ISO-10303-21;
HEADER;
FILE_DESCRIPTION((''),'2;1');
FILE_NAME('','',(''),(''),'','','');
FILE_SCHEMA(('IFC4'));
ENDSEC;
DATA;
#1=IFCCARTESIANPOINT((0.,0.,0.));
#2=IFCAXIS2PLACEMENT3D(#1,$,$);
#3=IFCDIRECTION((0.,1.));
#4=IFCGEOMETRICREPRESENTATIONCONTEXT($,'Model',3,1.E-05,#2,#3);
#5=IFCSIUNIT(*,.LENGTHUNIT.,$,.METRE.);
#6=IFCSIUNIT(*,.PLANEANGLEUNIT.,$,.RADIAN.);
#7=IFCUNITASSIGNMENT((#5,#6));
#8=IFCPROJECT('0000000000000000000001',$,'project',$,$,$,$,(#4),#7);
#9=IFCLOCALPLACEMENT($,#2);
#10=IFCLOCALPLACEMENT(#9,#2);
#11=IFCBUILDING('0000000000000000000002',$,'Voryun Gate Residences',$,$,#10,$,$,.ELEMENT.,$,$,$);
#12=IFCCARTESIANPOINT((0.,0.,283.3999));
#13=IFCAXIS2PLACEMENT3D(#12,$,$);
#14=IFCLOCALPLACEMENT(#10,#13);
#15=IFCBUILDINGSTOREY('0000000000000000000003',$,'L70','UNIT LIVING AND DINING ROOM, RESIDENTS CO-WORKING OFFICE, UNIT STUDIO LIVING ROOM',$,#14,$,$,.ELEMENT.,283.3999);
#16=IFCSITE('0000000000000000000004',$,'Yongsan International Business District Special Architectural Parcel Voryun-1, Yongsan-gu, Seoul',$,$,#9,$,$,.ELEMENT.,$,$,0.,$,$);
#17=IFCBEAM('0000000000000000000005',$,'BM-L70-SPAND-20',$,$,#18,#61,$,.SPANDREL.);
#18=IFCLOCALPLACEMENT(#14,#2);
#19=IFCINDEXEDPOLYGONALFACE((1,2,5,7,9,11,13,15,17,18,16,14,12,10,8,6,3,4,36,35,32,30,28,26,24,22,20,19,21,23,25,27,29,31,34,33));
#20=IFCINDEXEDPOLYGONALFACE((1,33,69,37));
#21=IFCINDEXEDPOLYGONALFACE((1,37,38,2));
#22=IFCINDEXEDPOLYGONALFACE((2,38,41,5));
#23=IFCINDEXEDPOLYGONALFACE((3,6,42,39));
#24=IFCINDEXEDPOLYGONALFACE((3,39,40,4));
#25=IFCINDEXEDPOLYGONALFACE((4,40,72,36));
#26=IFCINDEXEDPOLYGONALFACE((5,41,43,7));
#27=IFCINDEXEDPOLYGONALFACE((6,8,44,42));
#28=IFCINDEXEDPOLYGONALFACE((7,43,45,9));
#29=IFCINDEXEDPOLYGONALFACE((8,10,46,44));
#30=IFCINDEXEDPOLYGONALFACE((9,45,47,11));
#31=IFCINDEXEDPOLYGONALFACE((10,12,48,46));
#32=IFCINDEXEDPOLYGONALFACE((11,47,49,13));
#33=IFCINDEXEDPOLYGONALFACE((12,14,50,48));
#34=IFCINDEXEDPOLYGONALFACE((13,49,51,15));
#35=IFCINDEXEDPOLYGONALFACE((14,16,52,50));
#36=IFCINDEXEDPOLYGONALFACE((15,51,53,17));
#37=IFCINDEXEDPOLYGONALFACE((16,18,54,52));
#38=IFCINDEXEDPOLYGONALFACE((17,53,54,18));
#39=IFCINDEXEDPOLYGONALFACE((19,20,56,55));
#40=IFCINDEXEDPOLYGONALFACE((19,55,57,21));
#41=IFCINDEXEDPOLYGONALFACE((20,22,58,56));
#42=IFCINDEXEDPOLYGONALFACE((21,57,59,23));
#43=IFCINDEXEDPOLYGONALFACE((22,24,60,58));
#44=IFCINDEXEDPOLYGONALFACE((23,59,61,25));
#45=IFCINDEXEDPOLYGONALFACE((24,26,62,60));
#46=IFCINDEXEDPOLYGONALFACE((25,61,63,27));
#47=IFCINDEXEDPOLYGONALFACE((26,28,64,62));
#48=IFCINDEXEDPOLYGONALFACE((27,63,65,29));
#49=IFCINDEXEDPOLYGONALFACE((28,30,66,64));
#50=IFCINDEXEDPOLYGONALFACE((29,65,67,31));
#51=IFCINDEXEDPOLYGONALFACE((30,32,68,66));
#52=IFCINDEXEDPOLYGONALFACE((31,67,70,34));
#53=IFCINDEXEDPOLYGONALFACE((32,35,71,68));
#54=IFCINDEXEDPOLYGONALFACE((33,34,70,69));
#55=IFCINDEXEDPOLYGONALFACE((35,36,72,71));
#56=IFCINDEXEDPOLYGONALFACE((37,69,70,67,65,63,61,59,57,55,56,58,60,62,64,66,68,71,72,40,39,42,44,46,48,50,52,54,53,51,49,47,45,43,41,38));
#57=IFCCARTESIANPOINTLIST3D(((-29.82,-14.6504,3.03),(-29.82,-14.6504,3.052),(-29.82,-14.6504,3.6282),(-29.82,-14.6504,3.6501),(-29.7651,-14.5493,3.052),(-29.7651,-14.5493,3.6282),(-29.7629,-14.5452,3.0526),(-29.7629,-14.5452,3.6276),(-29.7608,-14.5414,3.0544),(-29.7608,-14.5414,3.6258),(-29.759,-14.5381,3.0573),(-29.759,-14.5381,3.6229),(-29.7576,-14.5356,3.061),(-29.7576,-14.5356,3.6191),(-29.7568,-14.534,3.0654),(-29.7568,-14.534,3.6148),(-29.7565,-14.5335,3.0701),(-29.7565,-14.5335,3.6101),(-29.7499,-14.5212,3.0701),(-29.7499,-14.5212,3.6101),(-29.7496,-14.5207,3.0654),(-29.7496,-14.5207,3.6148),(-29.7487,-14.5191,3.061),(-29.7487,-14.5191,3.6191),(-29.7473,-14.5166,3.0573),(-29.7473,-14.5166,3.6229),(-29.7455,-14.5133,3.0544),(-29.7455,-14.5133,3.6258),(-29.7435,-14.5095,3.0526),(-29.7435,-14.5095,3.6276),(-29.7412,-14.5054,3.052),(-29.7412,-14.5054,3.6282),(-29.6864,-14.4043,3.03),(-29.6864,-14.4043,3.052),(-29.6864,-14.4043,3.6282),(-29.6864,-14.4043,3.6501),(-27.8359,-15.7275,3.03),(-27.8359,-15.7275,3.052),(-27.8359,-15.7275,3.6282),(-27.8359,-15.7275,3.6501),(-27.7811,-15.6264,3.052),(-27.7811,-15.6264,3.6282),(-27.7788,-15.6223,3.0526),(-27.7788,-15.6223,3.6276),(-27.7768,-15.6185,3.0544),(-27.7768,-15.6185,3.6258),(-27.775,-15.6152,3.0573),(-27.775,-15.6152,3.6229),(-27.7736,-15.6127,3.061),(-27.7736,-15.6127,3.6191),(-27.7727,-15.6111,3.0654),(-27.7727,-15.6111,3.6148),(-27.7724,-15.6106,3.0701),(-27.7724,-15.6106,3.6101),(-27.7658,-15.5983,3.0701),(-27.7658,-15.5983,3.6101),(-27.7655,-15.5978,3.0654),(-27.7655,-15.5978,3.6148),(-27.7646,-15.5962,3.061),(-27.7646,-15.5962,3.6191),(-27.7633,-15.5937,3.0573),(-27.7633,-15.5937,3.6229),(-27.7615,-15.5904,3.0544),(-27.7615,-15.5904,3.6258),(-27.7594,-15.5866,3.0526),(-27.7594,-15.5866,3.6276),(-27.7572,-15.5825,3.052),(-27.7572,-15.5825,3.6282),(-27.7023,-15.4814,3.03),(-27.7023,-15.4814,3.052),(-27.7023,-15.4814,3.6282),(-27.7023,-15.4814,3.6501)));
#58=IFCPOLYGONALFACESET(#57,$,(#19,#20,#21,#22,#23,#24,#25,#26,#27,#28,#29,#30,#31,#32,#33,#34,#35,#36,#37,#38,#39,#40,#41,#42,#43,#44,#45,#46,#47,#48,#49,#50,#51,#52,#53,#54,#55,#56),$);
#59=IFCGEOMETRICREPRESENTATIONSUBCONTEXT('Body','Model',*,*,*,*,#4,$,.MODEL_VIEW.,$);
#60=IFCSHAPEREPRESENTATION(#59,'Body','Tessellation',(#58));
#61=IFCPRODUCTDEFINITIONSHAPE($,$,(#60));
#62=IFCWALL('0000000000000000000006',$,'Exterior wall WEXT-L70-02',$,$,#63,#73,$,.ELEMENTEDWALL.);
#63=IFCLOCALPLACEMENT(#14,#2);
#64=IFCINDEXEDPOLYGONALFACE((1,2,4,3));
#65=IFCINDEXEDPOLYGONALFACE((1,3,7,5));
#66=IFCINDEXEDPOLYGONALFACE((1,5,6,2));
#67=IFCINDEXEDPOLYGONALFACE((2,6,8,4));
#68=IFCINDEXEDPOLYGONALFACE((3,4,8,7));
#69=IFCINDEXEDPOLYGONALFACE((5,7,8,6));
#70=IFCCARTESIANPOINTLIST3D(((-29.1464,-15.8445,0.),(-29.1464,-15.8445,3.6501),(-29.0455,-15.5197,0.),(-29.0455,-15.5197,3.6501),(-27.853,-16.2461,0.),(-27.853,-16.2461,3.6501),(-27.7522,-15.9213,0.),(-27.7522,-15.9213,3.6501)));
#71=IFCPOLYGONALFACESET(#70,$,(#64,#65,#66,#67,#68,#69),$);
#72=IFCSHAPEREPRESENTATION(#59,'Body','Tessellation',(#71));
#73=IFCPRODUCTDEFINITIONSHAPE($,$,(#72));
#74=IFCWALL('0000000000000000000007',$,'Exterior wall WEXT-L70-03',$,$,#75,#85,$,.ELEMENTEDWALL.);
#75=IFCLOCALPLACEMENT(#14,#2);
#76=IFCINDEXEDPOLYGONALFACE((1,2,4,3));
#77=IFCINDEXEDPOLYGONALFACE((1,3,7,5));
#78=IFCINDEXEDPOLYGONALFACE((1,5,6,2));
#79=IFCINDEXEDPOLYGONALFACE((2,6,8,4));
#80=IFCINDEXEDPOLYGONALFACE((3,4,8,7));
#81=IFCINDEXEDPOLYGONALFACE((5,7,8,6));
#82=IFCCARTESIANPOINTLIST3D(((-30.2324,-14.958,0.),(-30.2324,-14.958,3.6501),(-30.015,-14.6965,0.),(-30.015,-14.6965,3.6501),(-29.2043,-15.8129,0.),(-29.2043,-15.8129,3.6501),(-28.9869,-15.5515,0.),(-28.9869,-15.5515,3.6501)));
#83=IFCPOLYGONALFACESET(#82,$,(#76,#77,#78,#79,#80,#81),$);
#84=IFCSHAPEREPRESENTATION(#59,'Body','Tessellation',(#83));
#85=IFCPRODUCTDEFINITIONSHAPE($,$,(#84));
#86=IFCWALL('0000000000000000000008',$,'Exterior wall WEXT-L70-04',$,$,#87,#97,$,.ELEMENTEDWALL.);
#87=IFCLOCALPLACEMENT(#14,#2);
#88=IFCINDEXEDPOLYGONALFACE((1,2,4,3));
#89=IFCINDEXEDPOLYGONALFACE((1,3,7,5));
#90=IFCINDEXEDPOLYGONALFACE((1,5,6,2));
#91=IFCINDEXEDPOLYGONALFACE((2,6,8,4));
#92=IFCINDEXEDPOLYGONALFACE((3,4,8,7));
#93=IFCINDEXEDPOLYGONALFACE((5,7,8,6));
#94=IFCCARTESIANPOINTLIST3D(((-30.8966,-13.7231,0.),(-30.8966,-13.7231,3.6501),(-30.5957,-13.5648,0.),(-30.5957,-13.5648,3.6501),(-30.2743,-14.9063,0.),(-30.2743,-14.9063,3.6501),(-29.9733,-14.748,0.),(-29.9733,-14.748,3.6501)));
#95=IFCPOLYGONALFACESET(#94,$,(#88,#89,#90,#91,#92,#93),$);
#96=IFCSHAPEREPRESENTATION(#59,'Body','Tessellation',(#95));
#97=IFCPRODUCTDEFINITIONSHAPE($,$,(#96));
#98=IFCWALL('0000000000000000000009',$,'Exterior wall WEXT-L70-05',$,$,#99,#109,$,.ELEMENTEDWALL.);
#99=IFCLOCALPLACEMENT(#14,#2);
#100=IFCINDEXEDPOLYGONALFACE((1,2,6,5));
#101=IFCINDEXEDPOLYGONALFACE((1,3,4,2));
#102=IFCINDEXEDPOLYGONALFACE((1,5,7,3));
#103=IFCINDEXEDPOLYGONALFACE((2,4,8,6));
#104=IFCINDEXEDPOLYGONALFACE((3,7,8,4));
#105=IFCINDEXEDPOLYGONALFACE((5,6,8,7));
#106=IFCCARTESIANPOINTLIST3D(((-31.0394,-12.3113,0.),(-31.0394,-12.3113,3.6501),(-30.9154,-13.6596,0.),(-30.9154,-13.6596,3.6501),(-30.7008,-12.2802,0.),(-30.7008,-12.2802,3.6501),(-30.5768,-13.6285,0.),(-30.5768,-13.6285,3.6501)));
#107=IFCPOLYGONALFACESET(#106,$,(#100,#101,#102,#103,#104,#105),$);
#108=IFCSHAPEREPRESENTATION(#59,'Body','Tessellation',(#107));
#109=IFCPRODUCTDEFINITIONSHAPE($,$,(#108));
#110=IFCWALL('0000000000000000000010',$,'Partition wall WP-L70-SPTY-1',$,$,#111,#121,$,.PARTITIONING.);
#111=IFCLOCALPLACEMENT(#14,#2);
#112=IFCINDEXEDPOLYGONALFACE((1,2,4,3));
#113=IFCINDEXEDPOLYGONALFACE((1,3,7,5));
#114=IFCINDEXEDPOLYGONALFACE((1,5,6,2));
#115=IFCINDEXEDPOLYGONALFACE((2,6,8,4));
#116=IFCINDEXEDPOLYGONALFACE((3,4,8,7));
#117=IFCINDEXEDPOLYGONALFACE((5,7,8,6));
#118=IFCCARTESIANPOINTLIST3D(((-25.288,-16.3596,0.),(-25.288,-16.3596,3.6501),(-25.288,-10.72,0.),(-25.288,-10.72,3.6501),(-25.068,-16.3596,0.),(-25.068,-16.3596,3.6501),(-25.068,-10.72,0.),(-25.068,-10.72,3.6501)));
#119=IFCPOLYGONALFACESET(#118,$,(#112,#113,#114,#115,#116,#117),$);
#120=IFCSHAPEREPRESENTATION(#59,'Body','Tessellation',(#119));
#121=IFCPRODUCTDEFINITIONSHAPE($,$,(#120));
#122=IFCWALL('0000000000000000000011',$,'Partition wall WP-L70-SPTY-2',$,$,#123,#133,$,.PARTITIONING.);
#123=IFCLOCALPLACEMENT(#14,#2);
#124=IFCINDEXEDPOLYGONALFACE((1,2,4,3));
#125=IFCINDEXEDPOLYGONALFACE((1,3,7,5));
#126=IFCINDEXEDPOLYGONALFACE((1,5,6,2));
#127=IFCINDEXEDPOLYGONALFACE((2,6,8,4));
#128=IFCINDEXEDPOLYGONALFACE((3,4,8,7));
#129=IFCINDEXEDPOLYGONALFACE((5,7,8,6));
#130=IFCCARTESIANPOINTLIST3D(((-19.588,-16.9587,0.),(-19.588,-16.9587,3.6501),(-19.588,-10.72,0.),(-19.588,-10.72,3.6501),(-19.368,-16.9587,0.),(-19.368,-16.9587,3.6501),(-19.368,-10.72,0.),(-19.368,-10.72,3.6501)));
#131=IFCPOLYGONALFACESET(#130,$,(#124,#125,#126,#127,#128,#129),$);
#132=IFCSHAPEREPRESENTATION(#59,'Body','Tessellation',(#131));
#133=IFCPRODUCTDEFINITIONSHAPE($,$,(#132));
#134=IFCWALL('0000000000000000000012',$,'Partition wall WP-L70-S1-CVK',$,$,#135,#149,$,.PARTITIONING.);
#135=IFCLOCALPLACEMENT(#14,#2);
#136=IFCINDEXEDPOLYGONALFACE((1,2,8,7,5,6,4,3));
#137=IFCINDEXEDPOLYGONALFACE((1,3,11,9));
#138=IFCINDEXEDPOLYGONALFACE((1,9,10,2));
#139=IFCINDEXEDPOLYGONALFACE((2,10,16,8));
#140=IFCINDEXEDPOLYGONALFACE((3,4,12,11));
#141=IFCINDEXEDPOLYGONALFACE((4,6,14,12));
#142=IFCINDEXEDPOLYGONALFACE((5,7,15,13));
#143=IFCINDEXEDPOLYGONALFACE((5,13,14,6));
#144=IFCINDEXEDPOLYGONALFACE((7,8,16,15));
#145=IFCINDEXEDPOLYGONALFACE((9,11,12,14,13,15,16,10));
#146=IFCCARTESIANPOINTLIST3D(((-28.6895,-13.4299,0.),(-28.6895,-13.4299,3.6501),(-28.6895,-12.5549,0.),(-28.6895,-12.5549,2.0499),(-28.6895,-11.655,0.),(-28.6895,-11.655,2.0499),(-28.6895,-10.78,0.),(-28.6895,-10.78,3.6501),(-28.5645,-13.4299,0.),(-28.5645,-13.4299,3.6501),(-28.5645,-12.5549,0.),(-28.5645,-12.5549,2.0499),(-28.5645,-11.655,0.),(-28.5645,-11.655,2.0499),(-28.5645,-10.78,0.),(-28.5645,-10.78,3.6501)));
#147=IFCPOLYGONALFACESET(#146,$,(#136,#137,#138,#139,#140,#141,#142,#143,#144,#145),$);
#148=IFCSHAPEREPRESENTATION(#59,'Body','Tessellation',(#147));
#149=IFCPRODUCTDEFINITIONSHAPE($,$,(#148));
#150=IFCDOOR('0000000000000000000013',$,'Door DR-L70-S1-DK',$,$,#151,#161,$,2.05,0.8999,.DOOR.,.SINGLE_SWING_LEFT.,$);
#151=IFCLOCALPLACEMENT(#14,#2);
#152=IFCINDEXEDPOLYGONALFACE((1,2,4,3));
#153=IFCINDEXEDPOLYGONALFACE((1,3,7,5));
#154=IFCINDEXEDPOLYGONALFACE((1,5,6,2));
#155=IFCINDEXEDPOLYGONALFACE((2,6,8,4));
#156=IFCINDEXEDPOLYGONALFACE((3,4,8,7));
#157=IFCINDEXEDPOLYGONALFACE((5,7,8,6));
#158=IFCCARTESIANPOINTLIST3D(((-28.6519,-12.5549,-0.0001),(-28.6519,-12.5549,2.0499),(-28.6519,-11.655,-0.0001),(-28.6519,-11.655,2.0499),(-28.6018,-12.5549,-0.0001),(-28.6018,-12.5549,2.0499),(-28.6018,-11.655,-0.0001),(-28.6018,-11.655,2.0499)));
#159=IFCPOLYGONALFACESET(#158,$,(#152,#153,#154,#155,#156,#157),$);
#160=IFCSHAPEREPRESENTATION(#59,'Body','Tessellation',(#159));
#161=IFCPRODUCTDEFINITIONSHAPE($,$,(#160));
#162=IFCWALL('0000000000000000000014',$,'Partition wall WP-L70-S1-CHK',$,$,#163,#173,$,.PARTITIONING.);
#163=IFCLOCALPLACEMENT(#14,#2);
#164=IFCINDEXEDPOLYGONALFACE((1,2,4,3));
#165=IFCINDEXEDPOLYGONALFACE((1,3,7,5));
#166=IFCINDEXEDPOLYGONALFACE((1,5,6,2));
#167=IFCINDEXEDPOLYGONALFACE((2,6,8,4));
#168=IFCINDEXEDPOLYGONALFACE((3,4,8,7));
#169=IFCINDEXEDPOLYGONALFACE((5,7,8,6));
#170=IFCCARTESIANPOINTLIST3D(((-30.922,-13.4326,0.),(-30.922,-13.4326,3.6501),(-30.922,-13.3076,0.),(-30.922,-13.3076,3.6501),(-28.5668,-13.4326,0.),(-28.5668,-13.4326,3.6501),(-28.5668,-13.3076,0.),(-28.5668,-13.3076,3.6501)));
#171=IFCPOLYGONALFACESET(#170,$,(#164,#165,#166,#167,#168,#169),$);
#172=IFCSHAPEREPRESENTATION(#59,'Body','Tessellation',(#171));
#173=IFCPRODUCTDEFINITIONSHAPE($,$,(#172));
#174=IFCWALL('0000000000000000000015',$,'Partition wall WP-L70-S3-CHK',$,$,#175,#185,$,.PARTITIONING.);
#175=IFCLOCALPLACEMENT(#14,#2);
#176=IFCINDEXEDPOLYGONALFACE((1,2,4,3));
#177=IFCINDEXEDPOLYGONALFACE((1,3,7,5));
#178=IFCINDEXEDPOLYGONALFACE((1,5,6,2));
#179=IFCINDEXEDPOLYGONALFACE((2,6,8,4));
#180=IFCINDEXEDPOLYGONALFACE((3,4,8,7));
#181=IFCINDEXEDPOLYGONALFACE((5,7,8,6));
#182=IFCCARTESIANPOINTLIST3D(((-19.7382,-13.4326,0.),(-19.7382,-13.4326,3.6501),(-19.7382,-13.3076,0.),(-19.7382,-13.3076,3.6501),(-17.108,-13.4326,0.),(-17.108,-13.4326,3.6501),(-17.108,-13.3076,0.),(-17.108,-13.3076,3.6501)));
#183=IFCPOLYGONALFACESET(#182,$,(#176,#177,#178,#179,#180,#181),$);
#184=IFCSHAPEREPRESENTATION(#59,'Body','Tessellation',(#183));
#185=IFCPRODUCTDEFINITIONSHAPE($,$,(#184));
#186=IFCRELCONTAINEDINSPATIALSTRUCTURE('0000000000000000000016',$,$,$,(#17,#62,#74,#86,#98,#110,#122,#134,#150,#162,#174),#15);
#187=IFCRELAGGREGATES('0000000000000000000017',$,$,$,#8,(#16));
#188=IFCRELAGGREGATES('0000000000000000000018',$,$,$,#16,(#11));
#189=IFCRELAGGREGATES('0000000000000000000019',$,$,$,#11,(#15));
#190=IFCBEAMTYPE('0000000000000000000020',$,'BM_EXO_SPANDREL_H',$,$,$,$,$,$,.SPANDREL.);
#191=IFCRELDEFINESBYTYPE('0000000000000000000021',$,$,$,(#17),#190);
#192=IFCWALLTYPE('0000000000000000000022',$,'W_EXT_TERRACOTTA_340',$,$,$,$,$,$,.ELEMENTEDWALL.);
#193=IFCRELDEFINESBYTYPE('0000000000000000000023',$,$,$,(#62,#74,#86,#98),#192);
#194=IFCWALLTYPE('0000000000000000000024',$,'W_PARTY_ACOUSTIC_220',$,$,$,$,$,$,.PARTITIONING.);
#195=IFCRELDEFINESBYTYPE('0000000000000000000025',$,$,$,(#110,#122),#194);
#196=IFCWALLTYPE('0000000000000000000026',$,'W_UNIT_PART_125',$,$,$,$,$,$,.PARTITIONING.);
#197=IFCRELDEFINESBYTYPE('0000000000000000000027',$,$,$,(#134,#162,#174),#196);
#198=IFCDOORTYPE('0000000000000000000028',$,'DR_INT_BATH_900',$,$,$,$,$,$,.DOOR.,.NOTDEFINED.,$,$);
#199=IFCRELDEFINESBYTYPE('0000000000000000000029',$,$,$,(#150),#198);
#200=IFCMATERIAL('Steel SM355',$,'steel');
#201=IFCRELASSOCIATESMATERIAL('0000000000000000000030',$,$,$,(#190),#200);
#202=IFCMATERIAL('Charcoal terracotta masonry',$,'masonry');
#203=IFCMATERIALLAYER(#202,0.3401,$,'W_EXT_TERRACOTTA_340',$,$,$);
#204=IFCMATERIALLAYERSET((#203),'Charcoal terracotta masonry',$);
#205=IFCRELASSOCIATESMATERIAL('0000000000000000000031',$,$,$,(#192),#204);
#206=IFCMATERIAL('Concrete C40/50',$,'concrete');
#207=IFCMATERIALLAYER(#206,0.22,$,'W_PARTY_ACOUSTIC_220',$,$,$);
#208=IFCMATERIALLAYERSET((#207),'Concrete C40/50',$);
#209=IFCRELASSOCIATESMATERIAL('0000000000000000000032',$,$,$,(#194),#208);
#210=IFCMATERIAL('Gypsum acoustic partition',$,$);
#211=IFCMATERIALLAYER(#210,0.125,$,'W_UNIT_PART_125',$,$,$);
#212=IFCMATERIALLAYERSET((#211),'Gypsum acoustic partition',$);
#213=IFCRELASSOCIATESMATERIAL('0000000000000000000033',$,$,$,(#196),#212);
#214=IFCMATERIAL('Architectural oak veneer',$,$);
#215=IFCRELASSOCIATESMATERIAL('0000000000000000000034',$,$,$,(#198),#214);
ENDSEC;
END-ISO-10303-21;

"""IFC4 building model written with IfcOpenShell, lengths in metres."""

from ifc_helpers import new_model, si_unit, direction, frame, frame_2d, origin, origin_2d, place, context, subcontext, project, spatial, rectangle, i_section, extrude, material, layer, layer_set, material_profile, profile_set, type_object, element, fill, save


model = new_model("IFC4")

# Units and contexts
model_context = context("Model", 3, precision=1e-05, world=origin(), true_north=direction((0.0, 1.0)))
body_context = subcontext(model_context, "Body", "Model", "MODEL_VIEW")
ifc_project = project(units=[si_unit("LENGTHUNIT", "METRE"), si_unit("PLANEANGLEUNIT", "RADIAN")], contexts=[model_context])

# Site, building, storey
site_placement = place(None, origin())
site = spatial("IfcSite", under=ifc_project, at=site_placement, Name="Yongsan International Business District Special Architectural Parcel Voryun-1, Yongsan-gu, Seoul", CompositionType="ELEMENT", RefElevation=0.0)
building_placement = place(site_placement, origin())
building = spatial("IfcBuilding", under=site, at=building_placement, Name="Voryun Gate Residences", CompositionType="ELEMENT")
storey_placement = place(building_placement, frame((0.0, 0.0, 283.3999)))
storey = spatial("IfcBuildingStorey", under=building, at=storey_placement, Name="L70", Description="UNIT LIVING AND DINING ROOM, RESIDENTS CO-WORKING OFFICE, UNIT STUDIO LIVING ROOM", CompositionType="ELEMENT", Elevation=283.3999)

# Beam
ifc_material_1 = material(Name="Steel SM355", Category="steel")
ifc_material_profile_1 = material_profile(ifc_material_1, i_section(OverallWidth=0.28, OverallDepth=0.6201, WebThickness=0.0139, FlangeThickness=0.022, FilletRadius=0.0181, at=origin_2d()), Name="H-620x280x14x22")
ifc_profile_set_1 = profile_set([ifc_material_profile_1], Name="Steel SM355")
beam_type = type_object("IfcBeamType", Name="BM_EXO_SPANDREL_H", PredefinedType="SPANDREL", material=ifc_profile_set_1)
beam_1_placement = place(storey_placement, frame((-29.7532, -14.5273, 3.3401), z_axis=(0.878844, -0.477109, 0.0), x_axis=(0.477109, 0.878844, 0.0)))
element("IfcBeam", 1, at=beam_1_placement, inside=storey, type_object=beam_type, Name="BM-L70-SPAND-20", PredefinedType="SPANDREL", context=body_context, shape_type="SweptSolid", body=[
    extrude(i_section(OverallWidth=0.28, OverallDepth=0.6201, WebThickness=0.0139, FlangeThickness=0.022, FilletRadius=0.0181, at=origin_2d()), origin(), (0.0, 0.0, 1.0), 2.2576),
])

# Walls
ifc_material_2 = material(Name="Charcoal terracotta masonry", Category="masonry")
ifc_layer_1 = layer(ifc_material_2, 0.3401, Name="W_EXT_TERRACOTTA_340")
ifc_layer_set_1 = layer_set([ifc_layer_1], Name="Charcoal terracotta masonry")
wall_type_1 = type_object("IfcWallType", Name="W_EXT_TERRACOTTA_340", PredefinedType="ELEMENTEDWALL", material=ifc_layer_set_1)
wall_1_placement = place(storey_placement, frame((-27.8025, -16.0837, 0.0), z_axis=(0.0, 0.0, 1.0), x_axis=(-0.955008, 0.296581, 0.0)))
element("IfcWall", 2, at=wall_1_placement, inside=storey, type_object=wall_type_1, Name="Exterior wall WEXT-L70-02", PredefinedType="ELEMENTEDWALL", context=body_context, shape_type="SweptSolid", body=[
    extrude(rectangle(XDim=1.3542, YDim=0.3401, at=frame_2d((0.6772, 0.0))), origin(), (0.0, 0.0, 1.0), 3.6501),
])
wall_2_placement = place(storey_placement, frame((-29.0957, -15.6821, 0.0), z_axis=(0.0, 0.0, 1.0), x_axis=(-0.768864, 0.639412, 0.0)))
element("IfcWall", 3, at=wall_2_placement, inside=storey, type_object=wall_type_1, Name="Exterior wall WEXT-L70-03", PredefinedType="ELEMENTEDWALL", context=body_context, shape_type="SweptSolid", body=[
    extrude(rectangle(XDim=1.3372, YDim=0.3401, at=frame_2d((0.6685, 0.0))), origin(), (0.0, 0.0, 1.0), 3.6501),
])
wall_3_placement = place(storey_placement, frame((-30.1238, -14.8271, 0.0), z_axis=(0.0, 0.0, 1.0), x_axis=(-0.465528, 0.885033, 0.0)))
element("IfcWall", 4, at=wall_3_placement, inside=storey, type_object=wall_type_1, Name="Exterior wall WEXT-L70-04", PredefinedType="ELEMENTEDWALL", context=body_context, shape_type="SweptSolid", body=[
    extrude(rectangle(XDim=1.3369, YDim=0.3401, at=frame_2d((0.6685, 0.0))), origin(), (0.0, 0.0, 1.0), 3.6501),
])
wall_4_placement = place(storey_placement, frame((-30.7461, -13.644, 0.0), z_axis=(0.0, 0.0, 1.0), x_axis=(-0.091592, 0.995797, 0.0)))
element("IfcWall", 5, at=wall_4_placement, inside=storey, type_object=wall_type_1, Name="Exterior wall WEXT-L70-05", PredefinedType="ELEMENTEDWALL", context=body_context, shape_type="SweptSolid", body=[
    extrude(rectangle(XDim=1.354, YDim=0.3401, at=frame_2d((0.677, 0.0))), origin(), (0.0, 0.0, 1.0), 3.6501),
])
ifc_material_3 = material(Name="Concrete C40/50", Category="concrete")
ifc_layer_2 = layer(ifc_material_3, 0.22, Name="W_PARTY_ACOUSTIC_220")
ifc_layer_set_2 = layer_set([ifc_layer_2], Name="Concrete C40/50")
wall_type_2 = type_object("IfcWallType", Name="W_PARTY_ACOUSTIC_220", PredefinedType="PARTITIONING", material=ifc_layer_set_2)
wall_5_placement = place(storey_placement, frame((-25.178, -16.3596, 0.0), z_axis=(0.0, 0.0, 1.0), x_axis=(0.0, 1.0, 0.0)))
element("IfcWall", 6, at=wall_5_placement, inside=storey, type_object=wall_type_2, Name="Partition wall WP-L70-SPTY-1", PredefinedType="PARTITIONING", context=body_context, shape_type="SweptSolid", body=[
    extrude(rectangle(XDim=5.6396, YDim=0.22, at=frame_2d((2.8198, 0.0))), origin(), (0.0, 0.0, 1.0), 3.6501),
])
wall_6_placement = place(storey_placement, frame((-19.478, -16.9587, 0.0), z_axis=(0.0, 0.0, 1.0), x_axis=(0.0, 1.0, 0.0)))
element("IfcWall", 7, at=wall_6_placement, inside=storey, type_object=wall_type_2, Name="Partition wall WP-L70-SPTY-2", PredefinedType="PARTITIONING", context=body_context, shape_type="SweptSolid", body=[
    extrude(rectangle(XDim=6.2388, YDim=0.22, at=frame_2d((3.1194, 0.0))), origin(), (0.0, 0.0, 1.0), 3.6501),
])

# Wall, opening, door
ifc_material_4 = material(Name="Gypsum acoustic partition")
ifc_layer_3 = layer(ifc_material_4, 0.125, Name="W_UNIT_PART_125")
ifc_layer_set_3 = layer_set([ifc_layer_3], Name="Gypsum acoustic partition")
wall_type_3 = type_object("IfcWallType", Name="W_UNIT_PART_125", PredefinedType="PARTITIONING", material=ifc_layer_set_3)
wall_7_placement = place(storey_placement, frame((-28.627, -13.4299, 0.0), z_axis=(0.0, 0.0, 1.0), x_axis=(0.0, 1.0, 0.0)))
wall_7 = element("IfcWall", 8, at=wall_7_placement, inside=storey, type_object=wall_type_3, Name="Partition wall WP-L70-S1-CVK", PredefinedType="PARTITIONING", context=body_context, shape_type="SweptSolid", body=[
    extrude(rectangle(XDim=2.6499, YDim=0.125, at=frame_2d((1.325, 0.0))), origin(), (0.0, 0.0, 1.0), 3.6501),
])
opening_1_placement = place(wall_7_placement, frame((0.875, 0.0, 0.0)))
opening_1 = element("IfcOpeningElement", 9, at=opening_1_placement, cuts=wall_7, PredefinedType="OPENING", context=body_context, shape_type="SweptSolid", body=[
    extrude(rectangle(XDim=0.8999, YDim=2.05, at=frame_2d((0.45, 1.0249))), frame((0.0, 0.0725, 0.0), z_axis=(0.0, -1.0, 0.0), x_axis=(1.0, 0.0, 0.0)), (0.0, 0.0, 1.0), 0.145),
])
ifc_material_5 = material(Name="Architectural oak veneer")
door_type = type_object("IfcDoorType", Name="DR_INT_BATH_900", OperationType="NOTDEFINED", PredefinedType="DOOR", material=ifc_material_5)
door_1_placement = place(opening_1_placement, origin())
door_1 = element("IfcDoor", 10, at=door_1_placement, inside=storey, type_object=door_type, Name="Door DR-L70-S1-DK", OperationType="SINGLE_SWING_LEFT", OverallHeight=2.05, OverallWidth=0.8999, PredefinedType="DOOR", context=body_context, shape_type="SweptSolid", body=[
    extrude(rectangle(XDim=0.8999, YDim=2.05, at=frame_2d((0.45, 1.0249))), frame((0.0, 0.0249, 0.0), z_axis=(0.0, -1.0, 0.0), x_axis=(1.0, 0.0, 0.0)), (0.0, 0.0, 1.0), 0.05),
])
fill(opening_1, door_1)

# Walls
wall_8_placement = place(storey_placement, frame((-30.9221, -13.3701, 0.0), z_axis=(0.0, 0.0, 1.0), x_axis=(1.0, 0.0, 0.0)))
element("IfcWall", 11, at=wall_8_placement, inside=storey, type_object=wall_type_3, Name="Partition wall WP-L70-S1-CHK", PredefinedType="PARTITIONING", context=body_context, shape_type="SweptSolid", body=[
    extrude(rectangle(XDim=2.3552, YDim=0.125, at=frame_2d((1.1777, 0.0))), origin(), (0.0, 0.0, 1.0), 3.6501),
])
wall_9_placement = place(storey_placement, frame((-19.738, -13.3701, 0.0), z_axis=(0.0, 0.0, 1.0), x_axis=(1.0, 0.0, 0.0)))
element("IfcWall", 12, at=wall_9_placement, inside=storey, type_object=wall_type_3, Name="Partition wall WP-L70-S3-CHK", PredefinedType="PARTITIONING", context=body_context, shape_type="SweptSolid", body=[
    extrude(rectangle(XDim=2.6301, YDim=0.125, at=frame_2d((1.3149, 0.0))), origin(), (0.0, 0.0, 1.0), 3.6501),
])

save(model, "model.ifc")
